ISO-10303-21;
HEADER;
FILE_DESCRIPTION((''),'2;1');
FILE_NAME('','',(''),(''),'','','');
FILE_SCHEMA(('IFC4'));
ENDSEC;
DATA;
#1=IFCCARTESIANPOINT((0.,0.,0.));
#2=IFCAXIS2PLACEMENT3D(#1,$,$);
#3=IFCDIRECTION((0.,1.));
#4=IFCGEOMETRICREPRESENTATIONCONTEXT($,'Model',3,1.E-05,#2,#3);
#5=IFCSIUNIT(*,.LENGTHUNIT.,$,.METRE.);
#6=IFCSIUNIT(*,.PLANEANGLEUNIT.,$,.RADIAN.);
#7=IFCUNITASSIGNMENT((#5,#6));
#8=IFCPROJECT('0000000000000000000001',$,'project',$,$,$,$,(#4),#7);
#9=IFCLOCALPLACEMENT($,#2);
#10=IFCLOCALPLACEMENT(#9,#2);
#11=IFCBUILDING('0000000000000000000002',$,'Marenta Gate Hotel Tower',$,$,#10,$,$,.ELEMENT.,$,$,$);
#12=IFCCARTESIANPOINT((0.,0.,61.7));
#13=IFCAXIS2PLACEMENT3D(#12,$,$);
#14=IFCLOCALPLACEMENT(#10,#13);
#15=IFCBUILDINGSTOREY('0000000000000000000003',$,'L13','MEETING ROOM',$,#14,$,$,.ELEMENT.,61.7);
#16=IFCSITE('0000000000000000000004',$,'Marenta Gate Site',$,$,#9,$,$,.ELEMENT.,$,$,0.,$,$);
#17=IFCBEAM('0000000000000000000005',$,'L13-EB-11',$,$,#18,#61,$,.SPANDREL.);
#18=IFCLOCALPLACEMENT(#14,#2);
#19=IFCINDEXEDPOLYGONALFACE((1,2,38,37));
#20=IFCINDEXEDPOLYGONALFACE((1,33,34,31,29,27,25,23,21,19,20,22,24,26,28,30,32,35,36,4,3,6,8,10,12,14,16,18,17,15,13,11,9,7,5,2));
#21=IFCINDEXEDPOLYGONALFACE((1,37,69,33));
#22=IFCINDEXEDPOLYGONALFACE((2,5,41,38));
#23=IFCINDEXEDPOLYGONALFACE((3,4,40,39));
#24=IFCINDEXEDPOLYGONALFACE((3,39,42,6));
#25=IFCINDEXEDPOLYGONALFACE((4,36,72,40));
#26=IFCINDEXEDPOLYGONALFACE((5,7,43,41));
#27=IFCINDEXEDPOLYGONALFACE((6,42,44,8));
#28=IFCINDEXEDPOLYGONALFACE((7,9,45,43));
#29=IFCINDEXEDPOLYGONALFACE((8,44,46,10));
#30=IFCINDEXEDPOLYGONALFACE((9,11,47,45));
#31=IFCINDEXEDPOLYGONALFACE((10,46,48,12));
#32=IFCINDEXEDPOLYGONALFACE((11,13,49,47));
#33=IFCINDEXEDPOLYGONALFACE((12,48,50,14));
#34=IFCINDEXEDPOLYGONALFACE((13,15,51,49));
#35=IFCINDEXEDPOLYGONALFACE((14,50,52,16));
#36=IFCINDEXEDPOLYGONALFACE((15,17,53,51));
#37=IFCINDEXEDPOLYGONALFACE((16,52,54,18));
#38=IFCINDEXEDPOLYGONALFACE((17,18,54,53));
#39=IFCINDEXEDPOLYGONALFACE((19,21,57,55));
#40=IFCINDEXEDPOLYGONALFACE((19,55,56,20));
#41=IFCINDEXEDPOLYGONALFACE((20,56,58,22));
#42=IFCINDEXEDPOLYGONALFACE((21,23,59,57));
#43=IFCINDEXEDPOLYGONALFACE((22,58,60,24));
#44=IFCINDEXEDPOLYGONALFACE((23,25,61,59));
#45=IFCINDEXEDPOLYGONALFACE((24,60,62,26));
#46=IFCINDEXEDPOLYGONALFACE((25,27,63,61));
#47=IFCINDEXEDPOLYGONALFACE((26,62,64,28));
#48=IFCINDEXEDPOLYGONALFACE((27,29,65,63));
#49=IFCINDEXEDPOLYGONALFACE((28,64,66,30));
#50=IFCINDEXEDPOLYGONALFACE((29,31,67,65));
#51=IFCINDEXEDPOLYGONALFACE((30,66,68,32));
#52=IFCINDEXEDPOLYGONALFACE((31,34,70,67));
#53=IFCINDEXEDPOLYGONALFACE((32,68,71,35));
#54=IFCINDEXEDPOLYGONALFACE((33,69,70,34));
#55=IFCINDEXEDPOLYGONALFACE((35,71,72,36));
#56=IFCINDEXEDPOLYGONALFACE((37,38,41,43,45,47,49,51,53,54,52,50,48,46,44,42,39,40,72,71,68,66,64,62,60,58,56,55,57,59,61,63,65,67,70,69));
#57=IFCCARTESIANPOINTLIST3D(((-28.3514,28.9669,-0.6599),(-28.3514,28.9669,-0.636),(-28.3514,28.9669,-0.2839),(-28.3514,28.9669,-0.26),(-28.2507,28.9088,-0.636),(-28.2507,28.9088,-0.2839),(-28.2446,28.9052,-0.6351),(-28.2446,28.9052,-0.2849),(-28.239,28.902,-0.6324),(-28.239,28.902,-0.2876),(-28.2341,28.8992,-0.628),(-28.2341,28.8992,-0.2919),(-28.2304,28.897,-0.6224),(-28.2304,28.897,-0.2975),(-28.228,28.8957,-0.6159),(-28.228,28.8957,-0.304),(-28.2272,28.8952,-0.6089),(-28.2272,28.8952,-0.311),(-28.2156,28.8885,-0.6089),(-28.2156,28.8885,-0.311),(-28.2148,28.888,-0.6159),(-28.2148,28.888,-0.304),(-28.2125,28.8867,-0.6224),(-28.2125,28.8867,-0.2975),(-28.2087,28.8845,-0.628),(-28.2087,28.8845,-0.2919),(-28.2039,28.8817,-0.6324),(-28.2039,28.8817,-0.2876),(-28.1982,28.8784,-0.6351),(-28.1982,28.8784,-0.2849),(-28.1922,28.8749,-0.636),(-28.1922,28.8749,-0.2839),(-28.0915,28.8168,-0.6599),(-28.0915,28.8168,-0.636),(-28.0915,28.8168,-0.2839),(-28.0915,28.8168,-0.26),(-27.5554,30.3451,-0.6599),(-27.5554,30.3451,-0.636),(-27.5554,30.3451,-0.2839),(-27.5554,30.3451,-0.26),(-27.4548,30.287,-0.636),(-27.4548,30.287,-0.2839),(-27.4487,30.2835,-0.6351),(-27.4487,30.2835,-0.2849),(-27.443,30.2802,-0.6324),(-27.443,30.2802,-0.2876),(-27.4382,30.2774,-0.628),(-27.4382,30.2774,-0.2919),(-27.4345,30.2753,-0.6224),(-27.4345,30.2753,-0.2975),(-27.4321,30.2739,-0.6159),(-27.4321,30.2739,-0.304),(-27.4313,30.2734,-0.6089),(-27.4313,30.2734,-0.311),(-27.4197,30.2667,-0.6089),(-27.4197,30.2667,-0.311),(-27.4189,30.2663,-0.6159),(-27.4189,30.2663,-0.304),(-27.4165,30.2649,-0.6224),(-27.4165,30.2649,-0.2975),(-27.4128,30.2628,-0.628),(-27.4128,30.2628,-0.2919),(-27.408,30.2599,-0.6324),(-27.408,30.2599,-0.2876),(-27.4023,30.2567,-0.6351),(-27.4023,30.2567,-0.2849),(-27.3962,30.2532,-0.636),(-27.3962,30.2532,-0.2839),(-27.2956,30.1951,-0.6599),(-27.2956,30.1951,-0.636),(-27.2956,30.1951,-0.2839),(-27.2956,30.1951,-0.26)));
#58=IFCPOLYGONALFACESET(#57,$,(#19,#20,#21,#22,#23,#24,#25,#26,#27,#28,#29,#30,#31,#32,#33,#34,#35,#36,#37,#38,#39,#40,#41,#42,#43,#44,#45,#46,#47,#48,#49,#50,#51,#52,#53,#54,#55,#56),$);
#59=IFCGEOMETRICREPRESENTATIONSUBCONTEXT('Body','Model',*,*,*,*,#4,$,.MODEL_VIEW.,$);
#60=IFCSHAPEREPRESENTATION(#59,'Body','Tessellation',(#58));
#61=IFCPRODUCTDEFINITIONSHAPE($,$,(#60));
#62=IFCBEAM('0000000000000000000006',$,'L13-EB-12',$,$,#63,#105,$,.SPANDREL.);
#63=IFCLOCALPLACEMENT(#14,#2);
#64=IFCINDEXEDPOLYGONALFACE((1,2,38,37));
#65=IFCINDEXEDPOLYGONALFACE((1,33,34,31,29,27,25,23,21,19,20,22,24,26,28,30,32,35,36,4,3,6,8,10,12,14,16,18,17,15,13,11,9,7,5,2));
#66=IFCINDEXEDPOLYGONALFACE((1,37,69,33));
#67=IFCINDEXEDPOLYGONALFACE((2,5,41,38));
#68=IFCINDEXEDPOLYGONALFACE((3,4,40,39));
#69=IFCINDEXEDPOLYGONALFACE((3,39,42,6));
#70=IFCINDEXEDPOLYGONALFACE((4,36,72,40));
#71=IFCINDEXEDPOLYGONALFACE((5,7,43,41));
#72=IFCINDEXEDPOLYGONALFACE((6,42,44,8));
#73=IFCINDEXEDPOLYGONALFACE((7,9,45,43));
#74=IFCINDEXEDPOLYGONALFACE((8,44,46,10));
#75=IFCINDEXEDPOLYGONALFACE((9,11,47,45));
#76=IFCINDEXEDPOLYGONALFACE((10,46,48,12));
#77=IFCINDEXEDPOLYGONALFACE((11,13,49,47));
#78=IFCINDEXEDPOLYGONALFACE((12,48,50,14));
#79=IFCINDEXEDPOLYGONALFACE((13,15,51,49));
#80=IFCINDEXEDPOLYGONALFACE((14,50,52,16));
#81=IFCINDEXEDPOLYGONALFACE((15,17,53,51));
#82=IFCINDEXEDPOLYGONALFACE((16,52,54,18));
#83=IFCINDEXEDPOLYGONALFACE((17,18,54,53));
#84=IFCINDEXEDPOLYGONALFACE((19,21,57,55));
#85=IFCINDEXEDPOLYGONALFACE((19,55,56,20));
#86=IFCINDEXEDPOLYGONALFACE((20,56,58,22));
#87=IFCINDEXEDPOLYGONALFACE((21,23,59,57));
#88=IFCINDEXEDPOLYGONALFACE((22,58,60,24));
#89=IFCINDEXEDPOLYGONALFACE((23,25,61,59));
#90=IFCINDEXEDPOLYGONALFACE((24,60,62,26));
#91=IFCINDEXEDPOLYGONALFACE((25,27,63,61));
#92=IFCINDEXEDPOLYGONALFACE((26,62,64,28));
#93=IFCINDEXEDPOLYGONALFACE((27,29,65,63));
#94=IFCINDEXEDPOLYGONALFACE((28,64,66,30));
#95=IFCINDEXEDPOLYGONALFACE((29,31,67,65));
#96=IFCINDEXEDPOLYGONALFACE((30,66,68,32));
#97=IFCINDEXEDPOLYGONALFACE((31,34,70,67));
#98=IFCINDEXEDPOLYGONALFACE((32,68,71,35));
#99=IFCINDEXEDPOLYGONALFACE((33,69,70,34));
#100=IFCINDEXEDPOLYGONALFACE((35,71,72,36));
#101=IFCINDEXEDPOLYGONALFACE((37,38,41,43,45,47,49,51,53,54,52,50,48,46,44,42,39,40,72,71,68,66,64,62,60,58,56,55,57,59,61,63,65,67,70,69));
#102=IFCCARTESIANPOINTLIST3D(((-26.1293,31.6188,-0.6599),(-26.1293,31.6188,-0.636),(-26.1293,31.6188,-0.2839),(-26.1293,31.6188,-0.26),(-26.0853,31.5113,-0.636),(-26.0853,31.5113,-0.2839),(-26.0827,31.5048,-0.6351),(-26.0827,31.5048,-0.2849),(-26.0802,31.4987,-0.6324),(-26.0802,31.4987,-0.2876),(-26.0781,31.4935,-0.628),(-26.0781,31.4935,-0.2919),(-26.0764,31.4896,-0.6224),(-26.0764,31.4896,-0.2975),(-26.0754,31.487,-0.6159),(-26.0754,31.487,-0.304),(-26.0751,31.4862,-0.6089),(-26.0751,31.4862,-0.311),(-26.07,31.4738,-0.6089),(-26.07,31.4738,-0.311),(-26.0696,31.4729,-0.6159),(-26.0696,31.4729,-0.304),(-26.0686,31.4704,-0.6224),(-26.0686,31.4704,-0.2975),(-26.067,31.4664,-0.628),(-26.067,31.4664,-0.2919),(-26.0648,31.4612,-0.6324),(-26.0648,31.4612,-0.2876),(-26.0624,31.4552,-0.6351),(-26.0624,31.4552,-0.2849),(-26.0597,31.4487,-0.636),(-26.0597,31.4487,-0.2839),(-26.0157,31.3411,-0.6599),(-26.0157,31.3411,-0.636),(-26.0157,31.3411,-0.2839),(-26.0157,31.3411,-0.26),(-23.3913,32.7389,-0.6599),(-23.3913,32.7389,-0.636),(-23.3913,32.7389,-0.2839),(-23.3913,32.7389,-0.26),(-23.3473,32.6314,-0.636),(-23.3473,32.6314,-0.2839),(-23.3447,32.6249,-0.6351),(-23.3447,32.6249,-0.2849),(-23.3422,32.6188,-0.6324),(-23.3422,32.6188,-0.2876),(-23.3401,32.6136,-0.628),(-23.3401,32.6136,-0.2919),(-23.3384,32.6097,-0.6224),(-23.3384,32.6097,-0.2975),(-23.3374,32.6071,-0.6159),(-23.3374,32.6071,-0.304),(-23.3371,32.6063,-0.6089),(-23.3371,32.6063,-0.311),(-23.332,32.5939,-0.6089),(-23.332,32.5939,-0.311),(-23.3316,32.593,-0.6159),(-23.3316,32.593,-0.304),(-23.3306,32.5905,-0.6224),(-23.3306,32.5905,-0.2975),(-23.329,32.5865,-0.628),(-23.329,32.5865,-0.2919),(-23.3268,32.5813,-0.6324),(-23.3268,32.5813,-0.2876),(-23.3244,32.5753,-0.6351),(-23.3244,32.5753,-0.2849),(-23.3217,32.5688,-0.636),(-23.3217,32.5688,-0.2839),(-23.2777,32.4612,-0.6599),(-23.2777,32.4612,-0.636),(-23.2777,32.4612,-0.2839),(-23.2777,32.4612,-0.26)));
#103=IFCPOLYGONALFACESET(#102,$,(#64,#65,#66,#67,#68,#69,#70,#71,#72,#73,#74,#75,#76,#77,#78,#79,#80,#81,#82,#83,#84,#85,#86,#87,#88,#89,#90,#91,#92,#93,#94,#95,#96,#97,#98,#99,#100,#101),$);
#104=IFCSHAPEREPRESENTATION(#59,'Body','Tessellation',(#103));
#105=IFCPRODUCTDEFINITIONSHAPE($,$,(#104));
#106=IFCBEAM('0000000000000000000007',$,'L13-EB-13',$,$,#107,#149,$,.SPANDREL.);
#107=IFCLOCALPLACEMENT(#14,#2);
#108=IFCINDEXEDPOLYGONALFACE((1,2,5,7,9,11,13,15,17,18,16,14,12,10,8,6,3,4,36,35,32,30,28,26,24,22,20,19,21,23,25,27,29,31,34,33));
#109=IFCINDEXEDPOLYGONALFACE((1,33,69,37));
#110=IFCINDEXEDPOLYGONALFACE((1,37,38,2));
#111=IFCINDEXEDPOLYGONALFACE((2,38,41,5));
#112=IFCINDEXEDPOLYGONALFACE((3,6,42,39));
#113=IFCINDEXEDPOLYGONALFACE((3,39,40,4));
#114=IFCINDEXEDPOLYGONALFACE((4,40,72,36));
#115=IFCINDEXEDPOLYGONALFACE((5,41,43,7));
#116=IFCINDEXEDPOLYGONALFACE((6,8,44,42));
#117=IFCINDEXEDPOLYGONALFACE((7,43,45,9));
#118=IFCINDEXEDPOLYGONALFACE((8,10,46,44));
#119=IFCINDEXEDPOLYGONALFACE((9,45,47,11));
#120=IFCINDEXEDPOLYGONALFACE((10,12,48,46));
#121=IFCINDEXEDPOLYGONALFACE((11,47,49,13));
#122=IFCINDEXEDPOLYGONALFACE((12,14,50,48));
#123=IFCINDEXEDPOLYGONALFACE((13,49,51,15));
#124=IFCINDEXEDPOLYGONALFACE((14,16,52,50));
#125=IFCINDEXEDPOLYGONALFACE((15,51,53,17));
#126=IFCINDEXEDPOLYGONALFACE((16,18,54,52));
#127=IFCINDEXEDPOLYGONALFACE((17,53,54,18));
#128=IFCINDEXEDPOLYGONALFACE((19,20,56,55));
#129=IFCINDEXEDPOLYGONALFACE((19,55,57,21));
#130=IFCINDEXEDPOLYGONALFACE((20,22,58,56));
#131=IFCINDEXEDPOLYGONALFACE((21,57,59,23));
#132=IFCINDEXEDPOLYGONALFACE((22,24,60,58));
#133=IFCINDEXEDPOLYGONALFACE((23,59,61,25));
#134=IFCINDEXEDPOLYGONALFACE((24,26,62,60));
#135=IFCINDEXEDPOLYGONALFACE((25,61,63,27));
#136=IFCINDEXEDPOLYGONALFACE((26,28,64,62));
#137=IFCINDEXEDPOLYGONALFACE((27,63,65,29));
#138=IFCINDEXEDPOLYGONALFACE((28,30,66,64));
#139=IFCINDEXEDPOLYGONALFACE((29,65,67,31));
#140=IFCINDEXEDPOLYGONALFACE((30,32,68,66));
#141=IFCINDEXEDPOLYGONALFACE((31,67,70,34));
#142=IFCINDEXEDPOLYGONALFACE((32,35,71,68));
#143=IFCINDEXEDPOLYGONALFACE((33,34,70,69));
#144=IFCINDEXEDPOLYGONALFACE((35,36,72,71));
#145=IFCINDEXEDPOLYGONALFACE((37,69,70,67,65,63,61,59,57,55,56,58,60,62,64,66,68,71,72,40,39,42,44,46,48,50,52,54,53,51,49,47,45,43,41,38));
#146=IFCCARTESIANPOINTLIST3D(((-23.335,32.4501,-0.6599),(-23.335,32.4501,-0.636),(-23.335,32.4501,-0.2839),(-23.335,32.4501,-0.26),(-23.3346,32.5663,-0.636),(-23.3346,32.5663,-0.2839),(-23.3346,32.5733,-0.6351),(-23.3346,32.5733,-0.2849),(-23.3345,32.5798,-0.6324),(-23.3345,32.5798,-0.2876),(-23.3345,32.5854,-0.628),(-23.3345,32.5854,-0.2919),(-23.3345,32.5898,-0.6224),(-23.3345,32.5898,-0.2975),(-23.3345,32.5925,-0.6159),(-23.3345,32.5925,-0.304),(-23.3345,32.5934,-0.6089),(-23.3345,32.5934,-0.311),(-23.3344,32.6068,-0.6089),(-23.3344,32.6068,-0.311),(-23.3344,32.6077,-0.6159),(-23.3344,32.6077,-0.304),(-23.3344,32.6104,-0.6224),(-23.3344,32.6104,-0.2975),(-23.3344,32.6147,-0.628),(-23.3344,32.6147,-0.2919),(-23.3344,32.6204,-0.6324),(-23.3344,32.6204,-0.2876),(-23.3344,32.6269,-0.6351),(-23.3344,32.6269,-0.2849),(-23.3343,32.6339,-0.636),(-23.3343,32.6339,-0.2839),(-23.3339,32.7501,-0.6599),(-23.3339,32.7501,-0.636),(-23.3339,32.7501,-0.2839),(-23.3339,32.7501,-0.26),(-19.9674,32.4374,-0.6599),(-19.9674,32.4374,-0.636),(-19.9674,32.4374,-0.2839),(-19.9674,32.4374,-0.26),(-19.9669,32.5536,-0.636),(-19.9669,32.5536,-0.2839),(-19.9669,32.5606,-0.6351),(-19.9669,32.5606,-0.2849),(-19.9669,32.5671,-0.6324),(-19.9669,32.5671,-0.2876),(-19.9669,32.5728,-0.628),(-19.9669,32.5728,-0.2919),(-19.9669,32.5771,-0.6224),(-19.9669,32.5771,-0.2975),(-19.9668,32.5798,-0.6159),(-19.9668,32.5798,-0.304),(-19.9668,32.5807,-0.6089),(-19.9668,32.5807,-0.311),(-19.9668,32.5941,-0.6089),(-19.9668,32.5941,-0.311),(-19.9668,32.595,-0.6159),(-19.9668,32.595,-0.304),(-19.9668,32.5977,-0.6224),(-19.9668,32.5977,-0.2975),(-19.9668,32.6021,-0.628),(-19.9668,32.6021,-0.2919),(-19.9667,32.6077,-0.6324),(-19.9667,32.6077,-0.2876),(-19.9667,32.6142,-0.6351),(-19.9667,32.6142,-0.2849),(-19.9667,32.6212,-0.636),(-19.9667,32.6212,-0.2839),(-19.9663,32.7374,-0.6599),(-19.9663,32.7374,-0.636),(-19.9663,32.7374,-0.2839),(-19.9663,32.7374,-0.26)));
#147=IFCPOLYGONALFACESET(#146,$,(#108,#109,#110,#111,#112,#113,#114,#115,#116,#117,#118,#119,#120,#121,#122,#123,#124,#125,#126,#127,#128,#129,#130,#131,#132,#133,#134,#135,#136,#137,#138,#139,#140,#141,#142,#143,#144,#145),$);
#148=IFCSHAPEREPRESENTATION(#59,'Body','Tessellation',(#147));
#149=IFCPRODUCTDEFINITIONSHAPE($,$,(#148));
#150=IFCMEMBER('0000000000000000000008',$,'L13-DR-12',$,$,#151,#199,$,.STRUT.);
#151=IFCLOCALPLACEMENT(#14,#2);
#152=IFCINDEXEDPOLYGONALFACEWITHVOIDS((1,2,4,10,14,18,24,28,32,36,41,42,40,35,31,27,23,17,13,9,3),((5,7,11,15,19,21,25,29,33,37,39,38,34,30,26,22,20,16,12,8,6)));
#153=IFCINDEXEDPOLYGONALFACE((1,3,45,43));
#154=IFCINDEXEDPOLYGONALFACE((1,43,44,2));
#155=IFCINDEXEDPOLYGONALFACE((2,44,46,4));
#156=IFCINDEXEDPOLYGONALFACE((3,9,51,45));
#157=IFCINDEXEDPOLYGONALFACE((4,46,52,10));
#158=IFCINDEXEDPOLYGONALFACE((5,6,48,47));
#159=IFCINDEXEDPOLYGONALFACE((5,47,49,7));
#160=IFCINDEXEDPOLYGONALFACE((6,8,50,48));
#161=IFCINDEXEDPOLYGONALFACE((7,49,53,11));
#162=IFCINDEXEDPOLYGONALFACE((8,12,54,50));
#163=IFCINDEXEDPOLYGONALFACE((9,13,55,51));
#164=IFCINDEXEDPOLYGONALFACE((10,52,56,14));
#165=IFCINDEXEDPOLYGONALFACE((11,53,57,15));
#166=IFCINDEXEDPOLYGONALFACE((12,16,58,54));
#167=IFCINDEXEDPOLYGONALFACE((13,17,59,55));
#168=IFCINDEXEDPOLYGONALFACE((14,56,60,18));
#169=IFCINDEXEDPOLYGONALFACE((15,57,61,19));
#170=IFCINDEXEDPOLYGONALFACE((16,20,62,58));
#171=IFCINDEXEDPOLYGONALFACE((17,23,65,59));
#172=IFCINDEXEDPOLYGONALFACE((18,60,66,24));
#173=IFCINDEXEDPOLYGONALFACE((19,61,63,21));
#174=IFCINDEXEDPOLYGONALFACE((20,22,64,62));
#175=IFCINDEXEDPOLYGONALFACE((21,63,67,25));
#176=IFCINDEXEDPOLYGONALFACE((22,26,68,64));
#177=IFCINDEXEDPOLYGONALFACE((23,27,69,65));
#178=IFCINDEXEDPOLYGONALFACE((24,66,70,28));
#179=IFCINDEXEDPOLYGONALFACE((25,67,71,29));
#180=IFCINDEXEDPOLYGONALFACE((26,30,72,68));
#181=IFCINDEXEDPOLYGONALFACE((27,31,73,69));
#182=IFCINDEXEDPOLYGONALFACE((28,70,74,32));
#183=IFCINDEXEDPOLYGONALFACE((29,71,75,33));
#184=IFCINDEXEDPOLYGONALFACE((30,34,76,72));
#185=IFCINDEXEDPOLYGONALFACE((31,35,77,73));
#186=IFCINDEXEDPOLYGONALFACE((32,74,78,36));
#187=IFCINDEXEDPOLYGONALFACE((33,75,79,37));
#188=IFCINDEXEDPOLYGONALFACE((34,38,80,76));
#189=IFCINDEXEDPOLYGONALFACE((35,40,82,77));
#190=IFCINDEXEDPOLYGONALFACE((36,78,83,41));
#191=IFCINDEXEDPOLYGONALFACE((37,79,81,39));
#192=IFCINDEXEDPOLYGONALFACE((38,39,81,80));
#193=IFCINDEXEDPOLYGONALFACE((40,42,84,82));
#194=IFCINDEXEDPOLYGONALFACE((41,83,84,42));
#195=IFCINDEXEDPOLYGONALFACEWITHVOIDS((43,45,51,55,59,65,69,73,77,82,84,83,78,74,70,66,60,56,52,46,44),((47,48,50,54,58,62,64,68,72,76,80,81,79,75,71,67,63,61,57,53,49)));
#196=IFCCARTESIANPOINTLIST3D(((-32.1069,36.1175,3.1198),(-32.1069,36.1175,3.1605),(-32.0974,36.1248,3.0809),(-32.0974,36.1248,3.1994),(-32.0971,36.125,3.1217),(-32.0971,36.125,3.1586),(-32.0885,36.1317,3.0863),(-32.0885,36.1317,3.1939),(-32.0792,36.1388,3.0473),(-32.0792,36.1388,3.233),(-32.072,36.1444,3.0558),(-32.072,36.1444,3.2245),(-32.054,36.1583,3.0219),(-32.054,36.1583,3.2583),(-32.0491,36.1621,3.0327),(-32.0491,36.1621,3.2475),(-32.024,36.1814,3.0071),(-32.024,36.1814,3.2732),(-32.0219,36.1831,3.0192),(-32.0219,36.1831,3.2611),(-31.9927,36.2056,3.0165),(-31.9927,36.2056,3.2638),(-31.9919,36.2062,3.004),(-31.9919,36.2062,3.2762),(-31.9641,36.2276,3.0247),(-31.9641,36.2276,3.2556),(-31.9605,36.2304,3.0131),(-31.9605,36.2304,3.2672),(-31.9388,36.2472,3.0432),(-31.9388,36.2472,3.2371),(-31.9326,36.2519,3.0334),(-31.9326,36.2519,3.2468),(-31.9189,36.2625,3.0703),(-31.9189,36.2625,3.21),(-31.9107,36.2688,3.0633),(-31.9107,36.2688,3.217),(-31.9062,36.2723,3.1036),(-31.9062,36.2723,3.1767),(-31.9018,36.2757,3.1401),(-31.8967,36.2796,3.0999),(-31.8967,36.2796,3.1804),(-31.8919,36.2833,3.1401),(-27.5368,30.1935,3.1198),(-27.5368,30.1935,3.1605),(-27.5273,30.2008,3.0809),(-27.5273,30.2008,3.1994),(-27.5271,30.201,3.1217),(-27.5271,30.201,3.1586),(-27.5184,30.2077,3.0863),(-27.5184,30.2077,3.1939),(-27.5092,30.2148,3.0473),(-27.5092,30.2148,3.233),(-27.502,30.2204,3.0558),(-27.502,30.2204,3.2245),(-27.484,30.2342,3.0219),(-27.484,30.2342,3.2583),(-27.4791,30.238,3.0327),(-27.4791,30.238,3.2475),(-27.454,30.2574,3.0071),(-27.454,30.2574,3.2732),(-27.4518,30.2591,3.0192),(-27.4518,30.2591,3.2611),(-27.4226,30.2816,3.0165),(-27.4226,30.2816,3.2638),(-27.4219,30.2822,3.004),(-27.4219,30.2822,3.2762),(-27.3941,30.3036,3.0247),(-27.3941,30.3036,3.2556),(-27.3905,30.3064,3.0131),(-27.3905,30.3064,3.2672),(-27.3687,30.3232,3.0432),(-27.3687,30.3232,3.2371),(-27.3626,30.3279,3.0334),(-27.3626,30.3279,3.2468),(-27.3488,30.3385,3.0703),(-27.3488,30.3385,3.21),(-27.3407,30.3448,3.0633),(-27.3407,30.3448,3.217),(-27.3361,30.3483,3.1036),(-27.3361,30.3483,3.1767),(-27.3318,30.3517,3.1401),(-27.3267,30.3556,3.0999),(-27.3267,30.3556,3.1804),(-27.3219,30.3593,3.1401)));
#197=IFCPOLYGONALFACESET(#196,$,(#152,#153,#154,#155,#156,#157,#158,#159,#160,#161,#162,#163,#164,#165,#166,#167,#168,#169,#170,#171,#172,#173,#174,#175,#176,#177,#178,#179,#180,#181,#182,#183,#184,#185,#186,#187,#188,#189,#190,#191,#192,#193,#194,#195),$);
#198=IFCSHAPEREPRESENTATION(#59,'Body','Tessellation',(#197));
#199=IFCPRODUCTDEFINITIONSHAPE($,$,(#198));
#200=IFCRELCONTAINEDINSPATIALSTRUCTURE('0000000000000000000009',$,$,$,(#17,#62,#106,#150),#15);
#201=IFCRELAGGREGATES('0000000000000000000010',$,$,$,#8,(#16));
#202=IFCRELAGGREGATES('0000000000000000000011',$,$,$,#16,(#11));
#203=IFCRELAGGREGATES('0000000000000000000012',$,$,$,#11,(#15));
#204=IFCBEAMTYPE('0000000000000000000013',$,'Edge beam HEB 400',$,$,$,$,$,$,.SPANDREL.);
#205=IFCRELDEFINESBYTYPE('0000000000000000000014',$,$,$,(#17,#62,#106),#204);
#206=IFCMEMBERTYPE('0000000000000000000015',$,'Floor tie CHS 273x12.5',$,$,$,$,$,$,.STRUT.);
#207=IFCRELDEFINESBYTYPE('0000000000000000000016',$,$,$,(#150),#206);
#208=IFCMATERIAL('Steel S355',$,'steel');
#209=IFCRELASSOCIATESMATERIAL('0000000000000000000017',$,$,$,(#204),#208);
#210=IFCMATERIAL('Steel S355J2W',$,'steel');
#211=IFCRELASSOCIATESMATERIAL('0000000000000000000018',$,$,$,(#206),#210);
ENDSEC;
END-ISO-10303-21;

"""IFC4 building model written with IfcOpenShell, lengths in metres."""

from ifc_helpers import new_model, si_unit, direction, frame, origin, origin_2d, place, context, subcontext, project, spatial, hollow_circle, i_section, extrude, material, material_profile, profile_set, type_object, element, save


model = new_model("IFC4")

# Units and contexts
model_context = context("Model", 3, precision=1e-05, world=origin(), true_north=direction((0.0, 1.0)))
body_context = subcontext(model_context, "Body", "Model", "MODEL_VIEW")
ifc_project = project(units=[si_unit("LENGTHUNIT", "METRE"), si_unit("PLANEANGLEUNIT", "RADIAN")], contexts=[model_context])

# Site, building, storey
site_placement = place(None, origin())
site = spatial("IfcSite", under=ifc_project, at=site_placement, Name="Marenta Gate Site", CompositionType="ELEMENT", RefElevation=0.0)
building_placement = place(site_placement, origin())
building = spatial("IfcBuilding", under=site, at=building_placement, Name="Marenta Gate Hotel Tower", CompositionType="ELEMENT")
storey_placement = place(building_placement, frame((0.0, 0.0, 61.7)))
storey = spatial("IfcBuildingStorey", under=building, at=storey_placement, Name="L13", Description="MEETING ROOM", CompositionType="ELEMENT", Elevation=61.7)

# Beams
ifc_material_1 = material(Name="Steel S355", Category="steel")
ifc_material_profile_1 = material_profile(ifc_material_1, i_section(OverallWidth=0.3, OverallDepth=0.3999, WebThickness=0.0134, FlangeThickness=0.0239, FilletRadius=0.0271, at=origin_2d()), Name="HEB 400")
ifc_profile_set_1 = profile_set([ifc_material_profile_1], Name="Steel S355")
beam_type_1 = type_object("IfcBeamType", Name="Edge beam HEB 400", PredefinedType="SPANDREL", material=ifc_profile_set_1)
beam_1_placement = place(storey_placement, frame((-28.2214, 28.8918, -0.46), z_axis=(0.500099, 0.865968, 0.0), x_axis=(-0.865968, 0.500099, 0.0)))
element("IfcBeam", 1, at=beam_1_placement, inside=storey, type_object=beam_type_1, Name="L13-EB-11", PredefinedType="SPANDREL", context=body_context, shape_type="SweptSolid", body=[
    extrude(i_section(OverallWidth=0.3, OverallDepth=0.3999, WebThickness=0.0134, FlangeThickness=0.0239, FilletRadius=0.0271, at=origin_2d()), origin(), (0.0, 0.0, 1.0), 1.5916),
])
beam_2_placement = place(storey_placement, frame((-26.0725, 31.48, -0.46), z_axis=(0.925546, 0.378636, 0.0), x_axis=(-0.378636, 0.925546, 0.0)))
element("IfcBeam", 2, at=beam_2_placement, inside=storey, type_object=beam_type_1, Name="L13-EB-12", PredefinedType="SPANDREL", context=body_context, shape_type="SweptSolid", body=[
    extrude(i_section(OverallWidth=0.3, OverallDepth=0.3999, WebThickness=0.0134, FlangeThickness=0.0239, FilletRadius=0.0271, at=origin_2d()), origin(), (0.0, 0.0, 1.0), 2.9583),
])
beam_3_placement = place(storey_placement, frame((-23.3345, 32.6001, -0.46), z_axis=(0.999993, -0.00377, 0.0), x_axis=(0.00377, 0.999993, 0.0)))
element("IfcBeam", 3, at=beam_3_placement, inside=storey, type_object=beam_type_1, Name="L13-EB-13", PredefinedType="SPANDREL", context=body_context, shape_type="SweptSolid", body=[
    extrude(i_section(OverallWidth=0.3, OverallDepth=0.3999, WebThickness=0.0134, FlangeThickness=0.0239, FilletRadius=0.0271, at=origin_2d()), origin(), (0.0, 0.0, 1.0), 3.3677),
])

# Member
ifc_material_2 = material(Name="Steel S355J2W", Category="steel")
ifc_material_profile_2 = material_profile(ifc_material_2, hollow_circle(Radius=0.1365, WallThickness=0.0125, at=origin_2d()), Name="CHS 273x12.5")
ifc_profile_set_2 = profile_set([ifc_material_profile_2], Name="Steel S355J2W")
member_type_1 = type_object("IfcMemberType", Name="Floor tie CHS 273x12.5", PredefinedType="STRUT", material=ifc_profile_set_2)
member_1_placement = place(storey_placement, frame((-32.0, 36.2, 3.1401), z_axis=(0.610809, -0.791778, 0.0), x_axis=(0.791778, 0.610809, 0.0)))
element("IfcMember", 4, at=member_1_placement, inside=storey, type_object=member_type_1, Name="L13-DR-12", PredefinedType="STRUT", context=body_context, shape_type="SweptSolid", body=[
    extrude(hollow_circle(Radius=0.1365, WallThickness=0.0125, at=origin_2d()), origin(), (0.0, 0.0, 1.0), 7.4819),
])

save(model, "model.ifc")
